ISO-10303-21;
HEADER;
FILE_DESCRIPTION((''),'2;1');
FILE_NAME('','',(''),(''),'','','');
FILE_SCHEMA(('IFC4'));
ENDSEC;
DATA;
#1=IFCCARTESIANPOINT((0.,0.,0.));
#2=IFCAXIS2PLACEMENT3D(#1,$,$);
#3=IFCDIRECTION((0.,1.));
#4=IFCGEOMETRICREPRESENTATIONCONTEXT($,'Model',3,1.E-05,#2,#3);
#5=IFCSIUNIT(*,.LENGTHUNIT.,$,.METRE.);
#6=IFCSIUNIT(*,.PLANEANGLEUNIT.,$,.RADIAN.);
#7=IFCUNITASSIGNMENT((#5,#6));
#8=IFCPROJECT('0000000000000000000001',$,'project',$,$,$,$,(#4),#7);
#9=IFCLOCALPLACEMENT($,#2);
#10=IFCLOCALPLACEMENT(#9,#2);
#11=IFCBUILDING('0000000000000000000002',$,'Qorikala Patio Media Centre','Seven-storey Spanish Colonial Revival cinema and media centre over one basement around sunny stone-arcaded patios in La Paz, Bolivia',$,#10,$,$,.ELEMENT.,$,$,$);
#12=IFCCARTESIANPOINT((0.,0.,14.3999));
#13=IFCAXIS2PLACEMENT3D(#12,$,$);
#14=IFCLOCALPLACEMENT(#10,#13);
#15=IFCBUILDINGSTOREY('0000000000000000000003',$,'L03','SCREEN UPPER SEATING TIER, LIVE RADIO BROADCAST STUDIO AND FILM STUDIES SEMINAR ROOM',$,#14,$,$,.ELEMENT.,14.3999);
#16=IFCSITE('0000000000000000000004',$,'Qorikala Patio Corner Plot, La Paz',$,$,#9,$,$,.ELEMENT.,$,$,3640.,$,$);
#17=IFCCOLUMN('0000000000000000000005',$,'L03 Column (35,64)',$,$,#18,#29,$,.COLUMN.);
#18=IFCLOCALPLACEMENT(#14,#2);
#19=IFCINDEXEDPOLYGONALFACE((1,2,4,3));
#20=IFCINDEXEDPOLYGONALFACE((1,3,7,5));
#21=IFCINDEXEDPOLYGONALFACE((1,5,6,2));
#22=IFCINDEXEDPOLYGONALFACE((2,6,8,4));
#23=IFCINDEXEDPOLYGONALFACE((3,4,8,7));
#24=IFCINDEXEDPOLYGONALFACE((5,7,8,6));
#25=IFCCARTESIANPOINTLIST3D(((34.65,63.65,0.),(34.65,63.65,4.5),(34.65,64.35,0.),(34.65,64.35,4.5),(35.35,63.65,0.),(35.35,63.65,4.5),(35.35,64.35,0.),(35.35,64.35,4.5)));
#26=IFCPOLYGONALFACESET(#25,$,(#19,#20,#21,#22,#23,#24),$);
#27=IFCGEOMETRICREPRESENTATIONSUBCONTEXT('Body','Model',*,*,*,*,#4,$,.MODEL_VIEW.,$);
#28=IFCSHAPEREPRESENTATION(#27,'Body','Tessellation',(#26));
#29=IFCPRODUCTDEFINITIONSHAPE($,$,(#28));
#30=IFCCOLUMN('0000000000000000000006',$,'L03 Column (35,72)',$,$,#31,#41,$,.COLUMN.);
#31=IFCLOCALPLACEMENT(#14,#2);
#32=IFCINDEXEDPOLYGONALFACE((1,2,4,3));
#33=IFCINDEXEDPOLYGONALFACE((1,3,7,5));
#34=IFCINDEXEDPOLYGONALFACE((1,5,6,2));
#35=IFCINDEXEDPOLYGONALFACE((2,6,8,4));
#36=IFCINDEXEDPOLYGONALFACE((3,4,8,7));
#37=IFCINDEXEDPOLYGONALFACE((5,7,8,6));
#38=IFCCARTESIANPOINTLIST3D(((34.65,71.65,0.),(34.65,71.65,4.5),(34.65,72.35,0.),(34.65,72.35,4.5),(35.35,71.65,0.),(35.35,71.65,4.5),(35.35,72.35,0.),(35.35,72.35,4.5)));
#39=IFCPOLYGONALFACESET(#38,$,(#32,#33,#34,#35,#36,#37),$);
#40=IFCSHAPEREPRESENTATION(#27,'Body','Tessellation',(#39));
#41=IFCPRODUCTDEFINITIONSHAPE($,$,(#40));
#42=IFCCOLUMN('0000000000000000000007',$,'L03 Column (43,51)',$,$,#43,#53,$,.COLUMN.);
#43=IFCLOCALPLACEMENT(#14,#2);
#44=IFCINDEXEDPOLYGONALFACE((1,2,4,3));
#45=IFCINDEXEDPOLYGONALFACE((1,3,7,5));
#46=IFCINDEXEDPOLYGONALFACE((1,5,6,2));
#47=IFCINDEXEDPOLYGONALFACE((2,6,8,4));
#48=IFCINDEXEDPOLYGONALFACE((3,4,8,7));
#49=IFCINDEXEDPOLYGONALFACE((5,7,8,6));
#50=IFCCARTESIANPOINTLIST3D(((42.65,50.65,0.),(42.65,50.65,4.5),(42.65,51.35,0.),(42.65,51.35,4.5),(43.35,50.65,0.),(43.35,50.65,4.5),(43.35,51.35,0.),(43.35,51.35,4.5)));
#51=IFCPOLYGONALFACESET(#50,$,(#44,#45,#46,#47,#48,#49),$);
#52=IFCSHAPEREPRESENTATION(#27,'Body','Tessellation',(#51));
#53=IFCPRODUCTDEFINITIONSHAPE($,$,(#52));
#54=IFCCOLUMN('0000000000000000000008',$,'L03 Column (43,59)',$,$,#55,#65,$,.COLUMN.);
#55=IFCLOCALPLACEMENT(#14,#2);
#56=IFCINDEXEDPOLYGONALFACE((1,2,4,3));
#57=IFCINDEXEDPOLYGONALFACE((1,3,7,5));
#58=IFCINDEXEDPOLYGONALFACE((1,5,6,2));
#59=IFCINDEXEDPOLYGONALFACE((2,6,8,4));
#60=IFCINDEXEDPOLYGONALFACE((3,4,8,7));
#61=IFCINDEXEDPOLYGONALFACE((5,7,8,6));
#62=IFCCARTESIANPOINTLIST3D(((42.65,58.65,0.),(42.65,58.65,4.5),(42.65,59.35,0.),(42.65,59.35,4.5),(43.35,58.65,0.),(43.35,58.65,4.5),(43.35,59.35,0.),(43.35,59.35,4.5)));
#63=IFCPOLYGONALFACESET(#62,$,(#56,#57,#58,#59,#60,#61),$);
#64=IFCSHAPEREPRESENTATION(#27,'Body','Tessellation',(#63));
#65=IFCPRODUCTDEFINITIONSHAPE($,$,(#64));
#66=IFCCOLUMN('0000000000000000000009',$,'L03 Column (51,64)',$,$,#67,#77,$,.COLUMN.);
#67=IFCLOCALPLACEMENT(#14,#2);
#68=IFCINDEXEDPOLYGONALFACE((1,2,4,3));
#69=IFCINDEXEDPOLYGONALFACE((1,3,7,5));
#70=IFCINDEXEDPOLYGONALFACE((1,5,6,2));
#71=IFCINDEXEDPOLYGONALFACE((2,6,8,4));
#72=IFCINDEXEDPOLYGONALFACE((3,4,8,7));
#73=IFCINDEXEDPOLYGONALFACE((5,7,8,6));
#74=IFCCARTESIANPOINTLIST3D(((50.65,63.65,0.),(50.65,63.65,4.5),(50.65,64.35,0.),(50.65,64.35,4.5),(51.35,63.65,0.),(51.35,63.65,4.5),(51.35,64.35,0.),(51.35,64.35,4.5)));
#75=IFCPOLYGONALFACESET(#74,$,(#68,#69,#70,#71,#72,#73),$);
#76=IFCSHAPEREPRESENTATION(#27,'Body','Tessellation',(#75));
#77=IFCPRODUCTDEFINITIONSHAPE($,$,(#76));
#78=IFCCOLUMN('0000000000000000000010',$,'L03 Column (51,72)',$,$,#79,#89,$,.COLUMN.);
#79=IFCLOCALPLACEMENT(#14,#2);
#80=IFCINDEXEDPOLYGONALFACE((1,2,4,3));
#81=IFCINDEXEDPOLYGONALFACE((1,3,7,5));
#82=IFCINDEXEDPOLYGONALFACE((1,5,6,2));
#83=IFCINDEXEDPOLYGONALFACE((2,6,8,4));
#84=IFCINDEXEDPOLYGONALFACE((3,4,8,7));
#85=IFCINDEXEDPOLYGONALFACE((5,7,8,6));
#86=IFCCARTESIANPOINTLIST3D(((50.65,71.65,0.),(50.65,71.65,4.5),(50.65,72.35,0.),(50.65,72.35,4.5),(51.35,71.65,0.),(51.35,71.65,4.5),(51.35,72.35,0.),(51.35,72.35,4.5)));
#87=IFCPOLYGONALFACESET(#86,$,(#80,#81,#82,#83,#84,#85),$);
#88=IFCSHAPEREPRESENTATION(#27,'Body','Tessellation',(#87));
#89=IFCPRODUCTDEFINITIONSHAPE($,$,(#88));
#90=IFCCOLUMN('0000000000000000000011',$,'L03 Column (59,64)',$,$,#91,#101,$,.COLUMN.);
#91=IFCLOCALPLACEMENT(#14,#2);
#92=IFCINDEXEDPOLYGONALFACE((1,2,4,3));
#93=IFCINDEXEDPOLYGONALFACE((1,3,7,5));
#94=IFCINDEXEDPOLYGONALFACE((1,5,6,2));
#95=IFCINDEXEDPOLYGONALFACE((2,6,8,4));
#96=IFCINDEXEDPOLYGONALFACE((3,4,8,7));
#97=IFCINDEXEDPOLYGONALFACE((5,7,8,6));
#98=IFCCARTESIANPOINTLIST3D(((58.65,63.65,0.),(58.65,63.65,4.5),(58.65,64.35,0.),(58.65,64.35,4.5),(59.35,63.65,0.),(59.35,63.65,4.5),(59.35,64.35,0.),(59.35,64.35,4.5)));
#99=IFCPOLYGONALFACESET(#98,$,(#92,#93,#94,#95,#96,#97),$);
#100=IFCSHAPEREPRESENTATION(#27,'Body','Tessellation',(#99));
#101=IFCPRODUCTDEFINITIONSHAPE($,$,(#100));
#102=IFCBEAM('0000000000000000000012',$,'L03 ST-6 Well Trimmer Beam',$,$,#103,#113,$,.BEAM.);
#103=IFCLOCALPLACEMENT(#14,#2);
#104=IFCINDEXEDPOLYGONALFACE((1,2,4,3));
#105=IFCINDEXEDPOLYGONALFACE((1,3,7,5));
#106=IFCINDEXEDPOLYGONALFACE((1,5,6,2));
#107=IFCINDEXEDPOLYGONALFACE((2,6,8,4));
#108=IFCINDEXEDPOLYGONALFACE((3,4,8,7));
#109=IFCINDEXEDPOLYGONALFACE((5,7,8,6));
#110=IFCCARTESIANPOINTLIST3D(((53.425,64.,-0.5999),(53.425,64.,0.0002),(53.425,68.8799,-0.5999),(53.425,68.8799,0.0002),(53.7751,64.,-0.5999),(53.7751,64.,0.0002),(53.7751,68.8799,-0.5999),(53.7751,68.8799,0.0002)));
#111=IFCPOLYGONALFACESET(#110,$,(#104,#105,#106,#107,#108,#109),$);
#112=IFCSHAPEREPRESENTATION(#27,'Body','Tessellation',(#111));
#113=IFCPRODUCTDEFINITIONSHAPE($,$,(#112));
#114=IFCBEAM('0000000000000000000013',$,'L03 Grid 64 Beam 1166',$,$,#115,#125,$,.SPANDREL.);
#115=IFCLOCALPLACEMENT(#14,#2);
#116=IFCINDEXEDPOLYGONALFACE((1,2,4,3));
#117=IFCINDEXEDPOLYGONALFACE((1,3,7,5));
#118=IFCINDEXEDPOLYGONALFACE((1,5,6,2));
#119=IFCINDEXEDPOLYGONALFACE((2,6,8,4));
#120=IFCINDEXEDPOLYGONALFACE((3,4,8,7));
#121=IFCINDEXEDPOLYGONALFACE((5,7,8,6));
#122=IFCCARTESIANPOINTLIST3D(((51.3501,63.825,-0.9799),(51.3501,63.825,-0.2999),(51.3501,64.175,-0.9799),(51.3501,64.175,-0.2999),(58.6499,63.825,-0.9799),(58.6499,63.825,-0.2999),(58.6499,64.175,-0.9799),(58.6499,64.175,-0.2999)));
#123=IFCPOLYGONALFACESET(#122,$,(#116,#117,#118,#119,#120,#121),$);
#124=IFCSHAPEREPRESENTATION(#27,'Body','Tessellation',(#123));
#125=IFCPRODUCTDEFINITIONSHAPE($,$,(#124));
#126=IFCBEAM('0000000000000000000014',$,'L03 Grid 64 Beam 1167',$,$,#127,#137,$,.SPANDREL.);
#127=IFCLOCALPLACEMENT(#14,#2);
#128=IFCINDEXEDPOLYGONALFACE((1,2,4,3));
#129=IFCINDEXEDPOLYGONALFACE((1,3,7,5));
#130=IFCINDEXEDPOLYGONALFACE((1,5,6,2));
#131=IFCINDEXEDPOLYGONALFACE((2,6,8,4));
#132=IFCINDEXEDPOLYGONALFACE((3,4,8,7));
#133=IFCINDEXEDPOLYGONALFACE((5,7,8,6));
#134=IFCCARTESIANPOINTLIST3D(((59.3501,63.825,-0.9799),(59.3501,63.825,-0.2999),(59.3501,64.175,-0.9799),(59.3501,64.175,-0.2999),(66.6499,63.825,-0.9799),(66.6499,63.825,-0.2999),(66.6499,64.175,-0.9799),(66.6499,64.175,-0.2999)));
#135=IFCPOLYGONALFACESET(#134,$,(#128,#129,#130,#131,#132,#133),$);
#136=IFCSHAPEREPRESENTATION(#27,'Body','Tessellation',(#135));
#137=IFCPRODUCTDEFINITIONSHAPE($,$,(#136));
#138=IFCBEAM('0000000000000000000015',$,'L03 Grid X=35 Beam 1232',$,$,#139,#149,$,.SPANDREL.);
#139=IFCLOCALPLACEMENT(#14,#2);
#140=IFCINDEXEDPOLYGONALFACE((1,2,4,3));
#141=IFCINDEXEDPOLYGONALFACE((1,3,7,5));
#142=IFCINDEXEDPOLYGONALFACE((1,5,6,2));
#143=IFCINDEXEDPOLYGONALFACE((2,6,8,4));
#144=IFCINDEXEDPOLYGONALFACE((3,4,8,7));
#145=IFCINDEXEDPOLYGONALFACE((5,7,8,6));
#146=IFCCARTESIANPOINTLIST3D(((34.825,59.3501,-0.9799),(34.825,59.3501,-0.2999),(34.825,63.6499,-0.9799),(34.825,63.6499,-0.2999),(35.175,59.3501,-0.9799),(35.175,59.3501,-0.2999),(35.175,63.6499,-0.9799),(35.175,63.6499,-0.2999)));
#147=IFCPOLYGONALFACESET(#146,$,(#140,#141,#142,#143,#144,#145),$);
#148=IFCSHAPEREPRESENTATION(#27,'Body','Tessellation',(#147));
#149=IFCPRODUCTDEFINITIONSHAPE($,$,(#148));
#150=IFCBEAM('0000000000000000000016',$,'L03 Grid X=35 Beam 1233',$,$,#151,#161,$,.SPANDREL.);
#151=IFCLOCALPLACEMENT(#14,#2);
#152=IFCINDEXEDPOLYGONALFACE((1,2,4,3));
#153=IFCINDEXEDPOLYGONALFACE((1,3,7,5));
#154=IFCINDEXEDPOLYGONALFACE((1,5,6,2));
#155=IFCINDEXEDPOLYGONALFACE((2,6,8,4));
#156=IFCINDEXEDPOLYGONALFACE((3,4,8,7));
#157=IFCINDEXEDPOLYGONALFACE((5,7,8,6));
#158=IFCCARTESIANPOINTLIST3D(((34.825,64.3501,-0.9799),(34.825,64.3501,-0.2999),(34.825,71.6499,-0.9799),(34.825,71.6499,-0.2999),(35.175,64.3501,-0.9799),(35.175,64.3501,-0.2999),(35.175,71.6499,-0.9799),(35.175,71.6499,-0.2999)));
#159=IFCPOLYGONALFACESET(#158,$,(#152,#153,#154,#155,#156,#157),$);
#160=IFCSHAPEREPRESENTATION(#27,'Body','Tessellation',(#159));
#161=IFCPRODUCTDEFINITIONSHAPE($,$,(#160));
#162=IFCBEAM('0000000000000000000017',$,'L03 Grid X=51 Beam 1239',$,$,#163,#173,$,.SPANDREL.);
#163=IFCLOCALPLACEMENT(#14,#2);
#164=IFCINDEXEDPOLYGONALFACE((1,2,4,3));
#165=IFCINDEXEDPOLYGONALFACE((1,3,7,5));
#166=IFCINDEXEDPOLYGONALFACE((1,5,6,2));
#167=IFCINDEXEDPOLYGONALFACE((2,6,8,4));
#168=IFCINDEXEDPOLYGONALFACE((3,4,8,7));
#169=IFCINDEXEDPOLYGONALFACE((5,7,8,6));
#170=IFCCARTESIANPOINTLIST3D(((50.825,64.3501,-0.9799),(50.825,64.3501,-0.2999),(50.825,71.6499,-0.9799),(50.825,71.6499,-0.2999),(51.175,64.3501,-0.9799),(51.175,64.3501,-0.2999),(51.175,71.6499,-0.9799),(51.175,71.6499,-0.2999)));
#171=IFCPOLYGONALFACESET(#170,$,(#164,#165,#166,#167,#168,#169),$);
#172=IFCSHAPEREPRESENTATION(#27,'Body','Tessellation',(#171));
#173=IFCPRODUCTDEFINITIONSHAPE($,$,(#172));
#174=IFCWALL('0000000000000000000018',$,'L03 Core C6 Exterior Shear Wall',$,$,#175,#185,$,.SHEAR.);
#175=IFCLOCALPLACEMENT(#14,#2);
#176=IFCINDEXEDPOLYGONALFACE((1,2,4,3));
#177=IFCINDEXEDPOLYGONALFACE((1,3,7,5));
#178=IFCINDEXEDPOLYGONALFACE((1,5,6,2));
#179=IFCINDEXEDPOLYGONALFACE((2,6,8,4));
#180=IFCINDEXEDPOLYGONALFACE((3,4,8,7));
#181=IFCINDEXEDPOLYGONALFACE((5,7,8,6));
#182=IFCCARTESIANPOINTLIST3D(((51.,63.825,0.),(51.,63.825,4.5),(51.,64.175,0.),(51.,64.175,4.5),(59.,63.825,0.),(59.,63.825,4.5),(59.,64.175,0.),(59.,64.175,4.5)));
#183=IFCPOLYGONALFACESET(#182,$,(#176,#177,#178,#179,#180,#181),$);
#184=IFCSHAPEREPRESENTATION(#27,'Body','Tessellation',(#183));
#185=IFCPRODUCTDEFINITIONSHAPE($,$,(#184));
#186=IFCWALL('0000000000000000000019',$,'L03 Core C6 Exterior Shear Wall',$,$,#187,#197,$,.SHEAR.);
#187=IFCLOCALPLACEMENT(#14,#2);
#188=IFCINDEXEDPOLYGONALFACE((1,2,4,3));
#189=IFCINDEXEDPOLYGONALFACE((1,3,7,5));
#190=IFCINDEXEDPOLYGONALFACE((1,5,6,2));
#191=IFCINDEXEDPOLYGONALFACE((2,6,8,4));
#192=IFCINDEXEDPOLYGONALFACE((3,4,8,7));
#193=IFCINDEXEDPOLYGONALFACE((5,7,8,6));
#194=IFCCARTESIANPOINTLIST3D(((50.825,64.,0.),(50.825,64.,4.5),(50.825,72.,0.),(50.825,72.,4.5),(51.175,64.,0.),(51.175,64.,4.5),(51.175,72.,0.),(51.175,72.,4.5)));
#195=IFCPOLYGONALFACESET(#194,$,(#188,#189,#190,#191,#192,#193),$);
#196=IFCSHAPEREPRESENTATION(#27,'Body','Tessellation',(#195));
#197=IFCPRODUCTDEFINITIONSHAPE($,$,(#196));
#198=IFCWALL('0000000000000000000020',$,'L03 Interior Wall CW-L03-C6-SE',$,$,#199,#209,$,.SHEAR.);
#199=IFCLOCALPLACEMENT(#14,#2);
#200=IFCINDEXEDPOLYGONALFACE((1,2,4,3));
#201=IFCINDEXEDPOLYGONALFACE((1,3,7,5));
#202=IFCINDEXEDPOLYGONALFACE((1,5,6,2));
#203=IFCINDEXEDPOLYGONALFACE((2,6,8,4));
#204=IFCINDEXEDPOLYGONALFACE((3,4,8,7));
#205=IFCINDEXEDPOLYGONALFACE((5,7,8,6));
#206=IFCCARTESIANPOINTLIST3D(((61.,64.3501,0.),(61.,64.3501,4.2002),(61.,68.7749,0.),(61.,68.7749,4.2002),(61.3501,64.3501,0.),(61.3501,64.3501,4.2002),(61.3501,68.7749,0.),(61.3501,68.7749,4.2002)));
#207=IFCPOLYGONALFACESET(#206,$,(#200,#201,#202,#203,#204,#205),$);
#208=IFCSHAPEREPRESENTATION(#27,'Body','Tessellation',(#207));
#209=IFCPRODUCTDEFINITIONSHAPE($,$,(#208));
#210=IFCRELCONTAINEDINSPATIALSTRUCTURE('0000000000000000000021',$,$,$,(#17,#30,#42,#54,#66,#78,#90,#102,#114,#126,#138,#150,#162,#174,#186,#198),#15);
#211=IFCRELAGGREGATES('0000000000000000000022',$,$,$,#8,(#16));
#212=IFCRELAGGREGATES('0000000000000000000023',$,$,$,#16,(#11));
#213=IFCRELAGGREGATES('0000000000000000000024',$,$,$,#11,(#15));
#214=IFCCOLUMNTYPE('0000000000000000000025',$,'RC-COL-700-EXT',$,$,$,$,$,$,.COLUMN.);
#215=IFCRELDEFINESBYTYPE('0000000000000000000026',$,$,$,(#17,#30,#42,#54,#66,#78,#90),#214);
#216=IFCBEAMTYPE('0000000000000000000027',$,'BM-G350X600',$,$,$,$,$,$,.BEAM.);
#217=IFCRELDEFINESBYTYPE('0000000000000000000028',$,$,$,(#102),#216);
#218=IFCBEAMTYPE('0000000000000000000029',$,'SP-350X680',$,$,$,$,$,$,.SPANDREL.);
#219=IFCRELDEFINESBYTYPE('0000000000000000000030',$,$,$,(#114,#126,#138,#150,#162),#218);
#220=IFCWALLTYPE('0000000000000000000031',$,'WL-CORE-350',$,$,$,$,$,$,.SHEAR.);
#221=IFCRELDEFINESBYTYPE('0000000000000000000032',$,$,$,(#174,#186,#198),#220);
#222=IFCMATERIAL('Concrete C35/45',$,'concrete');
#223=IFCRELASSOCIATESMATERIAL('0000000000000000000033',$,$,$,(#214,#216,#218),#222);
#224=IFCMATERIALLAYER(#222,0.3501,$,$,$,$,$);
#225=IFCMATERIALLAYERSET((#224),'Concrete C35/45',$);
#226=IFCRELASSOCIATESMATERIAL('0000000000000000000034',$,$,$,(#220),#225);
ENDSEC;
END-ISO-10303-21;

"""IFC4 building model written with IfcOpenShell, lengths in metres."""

from ifc_helpers import new_model, si_unit, direction, frame, frame_2d, origin, origin_2d, place, context, subcontext, project, spatial, rectangle, extrude, material, layer, layer_set, material_profile, profile_set, type_object, element, save


model = new_model("IFC4")

# Units and contexts
model_context = context("Model", 3, precision=1e-05, world=origin(), true_north=direction((0.0, 1.0)))
body_context = subcontext(model_context, "Body", "Model", "MODEL_VIEW")
ifc_project = project(units=[si_unit("LENGTHUNIT", "METRE"), si_unit("PLANEANGLEUNIT", "RADIAN")], contexts=[model_context])

# Site, building, storey
site_placement = place(None, origin())
site = spatial("IfcSite", under=ifc_project, at=site_placement, Name="Qorikala Patio Corner Plot, La Paz", CompositionType="ELEMENT", RefElevation=3640.0)
building_placement = place(site_placement, origin())
building = spatial("IfcBuilding", under=site, at=building_placement, Name="Qorikala Patio Media Centre", Description="Seven-storey Spanish Colonial Revival cinema and media centre over one basement around sunny stone-arcaded patios in La Paz, Bolivia", CompositionType="ELEMENT")
storey_placement = place(building_placement, frame((0.0, 0.0, 14.3999)))
storey = spatial("IfcBuildingStorey", under=building, at=storey_placement, Name="L03", Description="SCREEN UPPER SEATING TIER, LIVE RADIO BROADCAST STUDIO AND FILM STUDIES SEMINAR ROOM", CompositionType="ELEMENT", Elevation=14.3999)

# Columns
ifc_material_1 = material(Name="Concrete C35/45", Category="concrete")
ifc_material_profile_1 = material_profile(ifc_material_1, rectangle(XDim=0.7, YDim=0.7, at=origin_2d()), Name="RC 700x700")
ifc_profile_set_1 = profile_set([ifc_material_profile_1], Name="Concrete C35/45")
column_type = type_object("IfcColumnType", Name="RC-COL-700-EXT", PredefinedType="COLUMN", material=ifc_profile_set_1)
for number, where, z_axis, x_axis, name in (
    (1, (35.0, 64.0, 0.0), (0.0, 0.0, 1.0), (1.0, 0.0, 0.0), "L03 Column (35,64)"),
    (2, (35.0, 72.0, 0.0), (0.0, 0.0, 1.0), (1.0, 0.0, 0.0), "L03 Column (35,72)"),
    (3, (43.0, 51.0, 0.0), (0.0, 0.0, 1.0), (1.0, 0.0, 0.0), "L03 Column (43,51)"),
    (4, (43.0, 59.0, 0.0), (0.0, 0.0, 1.0), (1.0, 0.0, 0.0), "L03 Column (43,59)"),
    (5, (51.0, 64.0, 0.0), (0.0, 0.0, 1.0), (1.0, 0.0, 0.0), "L03 Column (51,64)"),
    (6, (51.0, 72.0, 0.0), (0.0, 0.0, 1.0), (1.0, 0.0, 0.0), "L03 Column (51,72)"),
    (7, (59.0, 64.0, 0.0), (0.0, 0.0, 1.0), (1.0, 0.0, 0.0), "L03 Column (59,64)"),
):
    element("IfcColumn", number, at=place(storey_placement, frame(where, z_axis=z_axis, x_axis=x_axis)), inside=storey, type_object=column_type, Name=name, PredefinedType="COLUMN", context=body_context, shape_type="SweptSolid", body=[
        extrude(rectangle(XDim=0.7, YDim=0.7, at=origin_2d()), origin(), (0.0, 0.0, 1.0), 4.5),
    ])

# Beams
ifc_material_profile_2 = material_profile(ifc_material_1, rectangle(XDim=0.3501, YDim=0.6001, at=origin_2d()), Name="RC 350x600")
ifc_profile_set_2 = profile_set([ifc_material_profile_2], Name="Concrete C35/45")
beam_type_1 = type_object("IfcBeamType", Name="BM-G350X600", PredefinedType="BEAM", material=ifc_profile_set_2)
beam_1_placement = place(storey_placement, frame((53.6001, 64.0, -0.2998), z_axis=(0.0, 1.0, 0.0), x_axis=(-1.0, 0.0, 0.0)))
element("IfcBeam", 8, at=beam_1_placement, inside=storey, type_object=beam_type_1, Name="L03 ST-6 Well Trimmer Beam", PredefinedType="BEAM", context=body_context, shape_type="SweptSolid", body=[
    extrude(rectangle(XDim=0.3501, YDim=0.6001, at=origin_2d()), origin(), (0.0, 0.0, 1.0), 4.8799),
])
ifc_material_profile_3 = material_profile(ifc_material_1, rectangle(XDim=0.3501, YDim=0.6799, at=origin_2d()), Name="RC 350x680")
ifc_profile_set_3 = profile_set([ifc_material_profile_3], Name="Concrete C35/45")
beam_type_2 = type_object("IfcBeamType", Name="SP-350X680", PredefinedType="SPANDREL", material=ifc_profile_set_3)
for number, where, z_axis, x_axis, name in (
    (9, (51.3501, 64.0, -0.6399), (1.0, 0.0, 0.0), (0.0, 1.0, 0.0), "L03 Grid 64 Beam 1166"),
    (10, (59.3501, 64.0, -0.6399), (1.0, 0.0, 0.0), (0.0, 1.0, 0.0), "L03 Grid 64 Beam 1167"),
):
    element("IfcBeam", number, at=place(storey_placement, frame(where, z_axis=z_axis, x_axis=x_axis)), inside=storey, type_object=beam_type_2, Name=name, PredefinedType="SPANDREL", context=body_context, shape_type="SweptSolid", body=[
        extrude(rectangle(XDim=0.3501, YDim=0.6799, at=origin_2d()), origin(), (0.0, 0.0, 1.0), 7.2998),
    ])
beam_2_placement = place(storey_placement, frame((35.0, 59.3501, -0.6399), z_axis=(0.0, 1.0, 0.0), x_axis=(-1.0, 0.0, 0.0)))
element("IfcBeam", 11, at=beam_2_placement, inside=storey, type_object=beam_type_2, Name="L03 Grid X=35 Beam 1232", PredefinedType="SPANDREL", context=body_context, shape_type="SweptSolid", body=[
    extrude(rectangle(XDim=0.3501, YDim=0.6799, at=origin_2d()), origin(), (0.0, 0.0, 1.0), 4.2998),
])
for number, where, z_axis, x_axis, name in (
    (12, (35.0, 64.3501, -0.6399), (0.0, 1.0, 0.0), (-1.0, 0.0, 0.0), "L03 Grid X=35 Beam 1233"),
    (13, (51.0, 64.3501, -0.6399), (0.0, 1.0, 0.0), (-1.0, 0.0, 0.0), "L03 Grid X=51 Beam 1239"),
):
    element("IfcBeam", number, at=place(storey_placement, frame(where, z_axis=z_axis, x_axis=x_axis)), inside=storey, type_object=beam_type_2, Name=name, PredefinedType="SPANDREL", context=body_context, shape_type="SweptSolid", body=[
        extrude(rectangle(XDim=0.3501, YDim=0.6799, at=origin_2d()), origin(), (0.0, 0.0, 1.0), 7.2998),
    ])

# Walls
ifc_layer_1 = layer(ifc_material_1, 0.3501)
ifc_layer_set_1 = layer_set([ifc_layer_1], Name="Concrete C35/45")
wall_type_1 = type_object("IfcWallType", Name="WL-CORE-350", PredefinedType="SHEAR", material=ifc_layer_set_1)
for number, where, z_axis, x_axis, name in (
    (14, (59.0, 64.0, 0.0), (0.0, 0.0, 1.0), (-1.0, 0.0, 0.0), "L03 Core C6 Exterior Shear Wall"),
    (15, (51.0, 64.0, 0.0), (0.0, 0.0, 1.0), (0.0, 1.0, 0.0), "L03 Core C6 Exterior Shear Wall"),
):
    element("IfcWall", number, at=place(storey_placement, frame(where, z_axis=z_axis, x_axis=x_axis)), inside=storey, type_object=wall_type_1, Name=name, PredefinedType="SHEAR", context=body_context, shape_type="SweptSolid", body=[
        extrude(rectangle(XDim=8.0, YDim=0.3501, at=frame_2d((4.0, 0.0))), origin(), (0.0, 0.0, 1.0), 4.5),
    ])
wall_1_placement = place(storey_placement, frame((61.175, 64.3501, 0.0), z_axis=(0.0, 0.0, 1.0), x_axis=(0.0, 1.0, 0.0)))
element("IfcWall", 16, at=wall_1_placement, inside=storey, type_object=wall_type_1, Name="L03 Interior Wall CW-L03-C6-SE", PredefinedType="SHEAR", context=body_context, shape_type="SweptSolid", body=[
    extrude(rectangle(XDim=4.4248, YDim=0.3501, at=frame_2d((2.2124, 0.0))), origin(), (0.0, 0.0, 1.0), 4.2002),
])

save(model, "model.ifc")
